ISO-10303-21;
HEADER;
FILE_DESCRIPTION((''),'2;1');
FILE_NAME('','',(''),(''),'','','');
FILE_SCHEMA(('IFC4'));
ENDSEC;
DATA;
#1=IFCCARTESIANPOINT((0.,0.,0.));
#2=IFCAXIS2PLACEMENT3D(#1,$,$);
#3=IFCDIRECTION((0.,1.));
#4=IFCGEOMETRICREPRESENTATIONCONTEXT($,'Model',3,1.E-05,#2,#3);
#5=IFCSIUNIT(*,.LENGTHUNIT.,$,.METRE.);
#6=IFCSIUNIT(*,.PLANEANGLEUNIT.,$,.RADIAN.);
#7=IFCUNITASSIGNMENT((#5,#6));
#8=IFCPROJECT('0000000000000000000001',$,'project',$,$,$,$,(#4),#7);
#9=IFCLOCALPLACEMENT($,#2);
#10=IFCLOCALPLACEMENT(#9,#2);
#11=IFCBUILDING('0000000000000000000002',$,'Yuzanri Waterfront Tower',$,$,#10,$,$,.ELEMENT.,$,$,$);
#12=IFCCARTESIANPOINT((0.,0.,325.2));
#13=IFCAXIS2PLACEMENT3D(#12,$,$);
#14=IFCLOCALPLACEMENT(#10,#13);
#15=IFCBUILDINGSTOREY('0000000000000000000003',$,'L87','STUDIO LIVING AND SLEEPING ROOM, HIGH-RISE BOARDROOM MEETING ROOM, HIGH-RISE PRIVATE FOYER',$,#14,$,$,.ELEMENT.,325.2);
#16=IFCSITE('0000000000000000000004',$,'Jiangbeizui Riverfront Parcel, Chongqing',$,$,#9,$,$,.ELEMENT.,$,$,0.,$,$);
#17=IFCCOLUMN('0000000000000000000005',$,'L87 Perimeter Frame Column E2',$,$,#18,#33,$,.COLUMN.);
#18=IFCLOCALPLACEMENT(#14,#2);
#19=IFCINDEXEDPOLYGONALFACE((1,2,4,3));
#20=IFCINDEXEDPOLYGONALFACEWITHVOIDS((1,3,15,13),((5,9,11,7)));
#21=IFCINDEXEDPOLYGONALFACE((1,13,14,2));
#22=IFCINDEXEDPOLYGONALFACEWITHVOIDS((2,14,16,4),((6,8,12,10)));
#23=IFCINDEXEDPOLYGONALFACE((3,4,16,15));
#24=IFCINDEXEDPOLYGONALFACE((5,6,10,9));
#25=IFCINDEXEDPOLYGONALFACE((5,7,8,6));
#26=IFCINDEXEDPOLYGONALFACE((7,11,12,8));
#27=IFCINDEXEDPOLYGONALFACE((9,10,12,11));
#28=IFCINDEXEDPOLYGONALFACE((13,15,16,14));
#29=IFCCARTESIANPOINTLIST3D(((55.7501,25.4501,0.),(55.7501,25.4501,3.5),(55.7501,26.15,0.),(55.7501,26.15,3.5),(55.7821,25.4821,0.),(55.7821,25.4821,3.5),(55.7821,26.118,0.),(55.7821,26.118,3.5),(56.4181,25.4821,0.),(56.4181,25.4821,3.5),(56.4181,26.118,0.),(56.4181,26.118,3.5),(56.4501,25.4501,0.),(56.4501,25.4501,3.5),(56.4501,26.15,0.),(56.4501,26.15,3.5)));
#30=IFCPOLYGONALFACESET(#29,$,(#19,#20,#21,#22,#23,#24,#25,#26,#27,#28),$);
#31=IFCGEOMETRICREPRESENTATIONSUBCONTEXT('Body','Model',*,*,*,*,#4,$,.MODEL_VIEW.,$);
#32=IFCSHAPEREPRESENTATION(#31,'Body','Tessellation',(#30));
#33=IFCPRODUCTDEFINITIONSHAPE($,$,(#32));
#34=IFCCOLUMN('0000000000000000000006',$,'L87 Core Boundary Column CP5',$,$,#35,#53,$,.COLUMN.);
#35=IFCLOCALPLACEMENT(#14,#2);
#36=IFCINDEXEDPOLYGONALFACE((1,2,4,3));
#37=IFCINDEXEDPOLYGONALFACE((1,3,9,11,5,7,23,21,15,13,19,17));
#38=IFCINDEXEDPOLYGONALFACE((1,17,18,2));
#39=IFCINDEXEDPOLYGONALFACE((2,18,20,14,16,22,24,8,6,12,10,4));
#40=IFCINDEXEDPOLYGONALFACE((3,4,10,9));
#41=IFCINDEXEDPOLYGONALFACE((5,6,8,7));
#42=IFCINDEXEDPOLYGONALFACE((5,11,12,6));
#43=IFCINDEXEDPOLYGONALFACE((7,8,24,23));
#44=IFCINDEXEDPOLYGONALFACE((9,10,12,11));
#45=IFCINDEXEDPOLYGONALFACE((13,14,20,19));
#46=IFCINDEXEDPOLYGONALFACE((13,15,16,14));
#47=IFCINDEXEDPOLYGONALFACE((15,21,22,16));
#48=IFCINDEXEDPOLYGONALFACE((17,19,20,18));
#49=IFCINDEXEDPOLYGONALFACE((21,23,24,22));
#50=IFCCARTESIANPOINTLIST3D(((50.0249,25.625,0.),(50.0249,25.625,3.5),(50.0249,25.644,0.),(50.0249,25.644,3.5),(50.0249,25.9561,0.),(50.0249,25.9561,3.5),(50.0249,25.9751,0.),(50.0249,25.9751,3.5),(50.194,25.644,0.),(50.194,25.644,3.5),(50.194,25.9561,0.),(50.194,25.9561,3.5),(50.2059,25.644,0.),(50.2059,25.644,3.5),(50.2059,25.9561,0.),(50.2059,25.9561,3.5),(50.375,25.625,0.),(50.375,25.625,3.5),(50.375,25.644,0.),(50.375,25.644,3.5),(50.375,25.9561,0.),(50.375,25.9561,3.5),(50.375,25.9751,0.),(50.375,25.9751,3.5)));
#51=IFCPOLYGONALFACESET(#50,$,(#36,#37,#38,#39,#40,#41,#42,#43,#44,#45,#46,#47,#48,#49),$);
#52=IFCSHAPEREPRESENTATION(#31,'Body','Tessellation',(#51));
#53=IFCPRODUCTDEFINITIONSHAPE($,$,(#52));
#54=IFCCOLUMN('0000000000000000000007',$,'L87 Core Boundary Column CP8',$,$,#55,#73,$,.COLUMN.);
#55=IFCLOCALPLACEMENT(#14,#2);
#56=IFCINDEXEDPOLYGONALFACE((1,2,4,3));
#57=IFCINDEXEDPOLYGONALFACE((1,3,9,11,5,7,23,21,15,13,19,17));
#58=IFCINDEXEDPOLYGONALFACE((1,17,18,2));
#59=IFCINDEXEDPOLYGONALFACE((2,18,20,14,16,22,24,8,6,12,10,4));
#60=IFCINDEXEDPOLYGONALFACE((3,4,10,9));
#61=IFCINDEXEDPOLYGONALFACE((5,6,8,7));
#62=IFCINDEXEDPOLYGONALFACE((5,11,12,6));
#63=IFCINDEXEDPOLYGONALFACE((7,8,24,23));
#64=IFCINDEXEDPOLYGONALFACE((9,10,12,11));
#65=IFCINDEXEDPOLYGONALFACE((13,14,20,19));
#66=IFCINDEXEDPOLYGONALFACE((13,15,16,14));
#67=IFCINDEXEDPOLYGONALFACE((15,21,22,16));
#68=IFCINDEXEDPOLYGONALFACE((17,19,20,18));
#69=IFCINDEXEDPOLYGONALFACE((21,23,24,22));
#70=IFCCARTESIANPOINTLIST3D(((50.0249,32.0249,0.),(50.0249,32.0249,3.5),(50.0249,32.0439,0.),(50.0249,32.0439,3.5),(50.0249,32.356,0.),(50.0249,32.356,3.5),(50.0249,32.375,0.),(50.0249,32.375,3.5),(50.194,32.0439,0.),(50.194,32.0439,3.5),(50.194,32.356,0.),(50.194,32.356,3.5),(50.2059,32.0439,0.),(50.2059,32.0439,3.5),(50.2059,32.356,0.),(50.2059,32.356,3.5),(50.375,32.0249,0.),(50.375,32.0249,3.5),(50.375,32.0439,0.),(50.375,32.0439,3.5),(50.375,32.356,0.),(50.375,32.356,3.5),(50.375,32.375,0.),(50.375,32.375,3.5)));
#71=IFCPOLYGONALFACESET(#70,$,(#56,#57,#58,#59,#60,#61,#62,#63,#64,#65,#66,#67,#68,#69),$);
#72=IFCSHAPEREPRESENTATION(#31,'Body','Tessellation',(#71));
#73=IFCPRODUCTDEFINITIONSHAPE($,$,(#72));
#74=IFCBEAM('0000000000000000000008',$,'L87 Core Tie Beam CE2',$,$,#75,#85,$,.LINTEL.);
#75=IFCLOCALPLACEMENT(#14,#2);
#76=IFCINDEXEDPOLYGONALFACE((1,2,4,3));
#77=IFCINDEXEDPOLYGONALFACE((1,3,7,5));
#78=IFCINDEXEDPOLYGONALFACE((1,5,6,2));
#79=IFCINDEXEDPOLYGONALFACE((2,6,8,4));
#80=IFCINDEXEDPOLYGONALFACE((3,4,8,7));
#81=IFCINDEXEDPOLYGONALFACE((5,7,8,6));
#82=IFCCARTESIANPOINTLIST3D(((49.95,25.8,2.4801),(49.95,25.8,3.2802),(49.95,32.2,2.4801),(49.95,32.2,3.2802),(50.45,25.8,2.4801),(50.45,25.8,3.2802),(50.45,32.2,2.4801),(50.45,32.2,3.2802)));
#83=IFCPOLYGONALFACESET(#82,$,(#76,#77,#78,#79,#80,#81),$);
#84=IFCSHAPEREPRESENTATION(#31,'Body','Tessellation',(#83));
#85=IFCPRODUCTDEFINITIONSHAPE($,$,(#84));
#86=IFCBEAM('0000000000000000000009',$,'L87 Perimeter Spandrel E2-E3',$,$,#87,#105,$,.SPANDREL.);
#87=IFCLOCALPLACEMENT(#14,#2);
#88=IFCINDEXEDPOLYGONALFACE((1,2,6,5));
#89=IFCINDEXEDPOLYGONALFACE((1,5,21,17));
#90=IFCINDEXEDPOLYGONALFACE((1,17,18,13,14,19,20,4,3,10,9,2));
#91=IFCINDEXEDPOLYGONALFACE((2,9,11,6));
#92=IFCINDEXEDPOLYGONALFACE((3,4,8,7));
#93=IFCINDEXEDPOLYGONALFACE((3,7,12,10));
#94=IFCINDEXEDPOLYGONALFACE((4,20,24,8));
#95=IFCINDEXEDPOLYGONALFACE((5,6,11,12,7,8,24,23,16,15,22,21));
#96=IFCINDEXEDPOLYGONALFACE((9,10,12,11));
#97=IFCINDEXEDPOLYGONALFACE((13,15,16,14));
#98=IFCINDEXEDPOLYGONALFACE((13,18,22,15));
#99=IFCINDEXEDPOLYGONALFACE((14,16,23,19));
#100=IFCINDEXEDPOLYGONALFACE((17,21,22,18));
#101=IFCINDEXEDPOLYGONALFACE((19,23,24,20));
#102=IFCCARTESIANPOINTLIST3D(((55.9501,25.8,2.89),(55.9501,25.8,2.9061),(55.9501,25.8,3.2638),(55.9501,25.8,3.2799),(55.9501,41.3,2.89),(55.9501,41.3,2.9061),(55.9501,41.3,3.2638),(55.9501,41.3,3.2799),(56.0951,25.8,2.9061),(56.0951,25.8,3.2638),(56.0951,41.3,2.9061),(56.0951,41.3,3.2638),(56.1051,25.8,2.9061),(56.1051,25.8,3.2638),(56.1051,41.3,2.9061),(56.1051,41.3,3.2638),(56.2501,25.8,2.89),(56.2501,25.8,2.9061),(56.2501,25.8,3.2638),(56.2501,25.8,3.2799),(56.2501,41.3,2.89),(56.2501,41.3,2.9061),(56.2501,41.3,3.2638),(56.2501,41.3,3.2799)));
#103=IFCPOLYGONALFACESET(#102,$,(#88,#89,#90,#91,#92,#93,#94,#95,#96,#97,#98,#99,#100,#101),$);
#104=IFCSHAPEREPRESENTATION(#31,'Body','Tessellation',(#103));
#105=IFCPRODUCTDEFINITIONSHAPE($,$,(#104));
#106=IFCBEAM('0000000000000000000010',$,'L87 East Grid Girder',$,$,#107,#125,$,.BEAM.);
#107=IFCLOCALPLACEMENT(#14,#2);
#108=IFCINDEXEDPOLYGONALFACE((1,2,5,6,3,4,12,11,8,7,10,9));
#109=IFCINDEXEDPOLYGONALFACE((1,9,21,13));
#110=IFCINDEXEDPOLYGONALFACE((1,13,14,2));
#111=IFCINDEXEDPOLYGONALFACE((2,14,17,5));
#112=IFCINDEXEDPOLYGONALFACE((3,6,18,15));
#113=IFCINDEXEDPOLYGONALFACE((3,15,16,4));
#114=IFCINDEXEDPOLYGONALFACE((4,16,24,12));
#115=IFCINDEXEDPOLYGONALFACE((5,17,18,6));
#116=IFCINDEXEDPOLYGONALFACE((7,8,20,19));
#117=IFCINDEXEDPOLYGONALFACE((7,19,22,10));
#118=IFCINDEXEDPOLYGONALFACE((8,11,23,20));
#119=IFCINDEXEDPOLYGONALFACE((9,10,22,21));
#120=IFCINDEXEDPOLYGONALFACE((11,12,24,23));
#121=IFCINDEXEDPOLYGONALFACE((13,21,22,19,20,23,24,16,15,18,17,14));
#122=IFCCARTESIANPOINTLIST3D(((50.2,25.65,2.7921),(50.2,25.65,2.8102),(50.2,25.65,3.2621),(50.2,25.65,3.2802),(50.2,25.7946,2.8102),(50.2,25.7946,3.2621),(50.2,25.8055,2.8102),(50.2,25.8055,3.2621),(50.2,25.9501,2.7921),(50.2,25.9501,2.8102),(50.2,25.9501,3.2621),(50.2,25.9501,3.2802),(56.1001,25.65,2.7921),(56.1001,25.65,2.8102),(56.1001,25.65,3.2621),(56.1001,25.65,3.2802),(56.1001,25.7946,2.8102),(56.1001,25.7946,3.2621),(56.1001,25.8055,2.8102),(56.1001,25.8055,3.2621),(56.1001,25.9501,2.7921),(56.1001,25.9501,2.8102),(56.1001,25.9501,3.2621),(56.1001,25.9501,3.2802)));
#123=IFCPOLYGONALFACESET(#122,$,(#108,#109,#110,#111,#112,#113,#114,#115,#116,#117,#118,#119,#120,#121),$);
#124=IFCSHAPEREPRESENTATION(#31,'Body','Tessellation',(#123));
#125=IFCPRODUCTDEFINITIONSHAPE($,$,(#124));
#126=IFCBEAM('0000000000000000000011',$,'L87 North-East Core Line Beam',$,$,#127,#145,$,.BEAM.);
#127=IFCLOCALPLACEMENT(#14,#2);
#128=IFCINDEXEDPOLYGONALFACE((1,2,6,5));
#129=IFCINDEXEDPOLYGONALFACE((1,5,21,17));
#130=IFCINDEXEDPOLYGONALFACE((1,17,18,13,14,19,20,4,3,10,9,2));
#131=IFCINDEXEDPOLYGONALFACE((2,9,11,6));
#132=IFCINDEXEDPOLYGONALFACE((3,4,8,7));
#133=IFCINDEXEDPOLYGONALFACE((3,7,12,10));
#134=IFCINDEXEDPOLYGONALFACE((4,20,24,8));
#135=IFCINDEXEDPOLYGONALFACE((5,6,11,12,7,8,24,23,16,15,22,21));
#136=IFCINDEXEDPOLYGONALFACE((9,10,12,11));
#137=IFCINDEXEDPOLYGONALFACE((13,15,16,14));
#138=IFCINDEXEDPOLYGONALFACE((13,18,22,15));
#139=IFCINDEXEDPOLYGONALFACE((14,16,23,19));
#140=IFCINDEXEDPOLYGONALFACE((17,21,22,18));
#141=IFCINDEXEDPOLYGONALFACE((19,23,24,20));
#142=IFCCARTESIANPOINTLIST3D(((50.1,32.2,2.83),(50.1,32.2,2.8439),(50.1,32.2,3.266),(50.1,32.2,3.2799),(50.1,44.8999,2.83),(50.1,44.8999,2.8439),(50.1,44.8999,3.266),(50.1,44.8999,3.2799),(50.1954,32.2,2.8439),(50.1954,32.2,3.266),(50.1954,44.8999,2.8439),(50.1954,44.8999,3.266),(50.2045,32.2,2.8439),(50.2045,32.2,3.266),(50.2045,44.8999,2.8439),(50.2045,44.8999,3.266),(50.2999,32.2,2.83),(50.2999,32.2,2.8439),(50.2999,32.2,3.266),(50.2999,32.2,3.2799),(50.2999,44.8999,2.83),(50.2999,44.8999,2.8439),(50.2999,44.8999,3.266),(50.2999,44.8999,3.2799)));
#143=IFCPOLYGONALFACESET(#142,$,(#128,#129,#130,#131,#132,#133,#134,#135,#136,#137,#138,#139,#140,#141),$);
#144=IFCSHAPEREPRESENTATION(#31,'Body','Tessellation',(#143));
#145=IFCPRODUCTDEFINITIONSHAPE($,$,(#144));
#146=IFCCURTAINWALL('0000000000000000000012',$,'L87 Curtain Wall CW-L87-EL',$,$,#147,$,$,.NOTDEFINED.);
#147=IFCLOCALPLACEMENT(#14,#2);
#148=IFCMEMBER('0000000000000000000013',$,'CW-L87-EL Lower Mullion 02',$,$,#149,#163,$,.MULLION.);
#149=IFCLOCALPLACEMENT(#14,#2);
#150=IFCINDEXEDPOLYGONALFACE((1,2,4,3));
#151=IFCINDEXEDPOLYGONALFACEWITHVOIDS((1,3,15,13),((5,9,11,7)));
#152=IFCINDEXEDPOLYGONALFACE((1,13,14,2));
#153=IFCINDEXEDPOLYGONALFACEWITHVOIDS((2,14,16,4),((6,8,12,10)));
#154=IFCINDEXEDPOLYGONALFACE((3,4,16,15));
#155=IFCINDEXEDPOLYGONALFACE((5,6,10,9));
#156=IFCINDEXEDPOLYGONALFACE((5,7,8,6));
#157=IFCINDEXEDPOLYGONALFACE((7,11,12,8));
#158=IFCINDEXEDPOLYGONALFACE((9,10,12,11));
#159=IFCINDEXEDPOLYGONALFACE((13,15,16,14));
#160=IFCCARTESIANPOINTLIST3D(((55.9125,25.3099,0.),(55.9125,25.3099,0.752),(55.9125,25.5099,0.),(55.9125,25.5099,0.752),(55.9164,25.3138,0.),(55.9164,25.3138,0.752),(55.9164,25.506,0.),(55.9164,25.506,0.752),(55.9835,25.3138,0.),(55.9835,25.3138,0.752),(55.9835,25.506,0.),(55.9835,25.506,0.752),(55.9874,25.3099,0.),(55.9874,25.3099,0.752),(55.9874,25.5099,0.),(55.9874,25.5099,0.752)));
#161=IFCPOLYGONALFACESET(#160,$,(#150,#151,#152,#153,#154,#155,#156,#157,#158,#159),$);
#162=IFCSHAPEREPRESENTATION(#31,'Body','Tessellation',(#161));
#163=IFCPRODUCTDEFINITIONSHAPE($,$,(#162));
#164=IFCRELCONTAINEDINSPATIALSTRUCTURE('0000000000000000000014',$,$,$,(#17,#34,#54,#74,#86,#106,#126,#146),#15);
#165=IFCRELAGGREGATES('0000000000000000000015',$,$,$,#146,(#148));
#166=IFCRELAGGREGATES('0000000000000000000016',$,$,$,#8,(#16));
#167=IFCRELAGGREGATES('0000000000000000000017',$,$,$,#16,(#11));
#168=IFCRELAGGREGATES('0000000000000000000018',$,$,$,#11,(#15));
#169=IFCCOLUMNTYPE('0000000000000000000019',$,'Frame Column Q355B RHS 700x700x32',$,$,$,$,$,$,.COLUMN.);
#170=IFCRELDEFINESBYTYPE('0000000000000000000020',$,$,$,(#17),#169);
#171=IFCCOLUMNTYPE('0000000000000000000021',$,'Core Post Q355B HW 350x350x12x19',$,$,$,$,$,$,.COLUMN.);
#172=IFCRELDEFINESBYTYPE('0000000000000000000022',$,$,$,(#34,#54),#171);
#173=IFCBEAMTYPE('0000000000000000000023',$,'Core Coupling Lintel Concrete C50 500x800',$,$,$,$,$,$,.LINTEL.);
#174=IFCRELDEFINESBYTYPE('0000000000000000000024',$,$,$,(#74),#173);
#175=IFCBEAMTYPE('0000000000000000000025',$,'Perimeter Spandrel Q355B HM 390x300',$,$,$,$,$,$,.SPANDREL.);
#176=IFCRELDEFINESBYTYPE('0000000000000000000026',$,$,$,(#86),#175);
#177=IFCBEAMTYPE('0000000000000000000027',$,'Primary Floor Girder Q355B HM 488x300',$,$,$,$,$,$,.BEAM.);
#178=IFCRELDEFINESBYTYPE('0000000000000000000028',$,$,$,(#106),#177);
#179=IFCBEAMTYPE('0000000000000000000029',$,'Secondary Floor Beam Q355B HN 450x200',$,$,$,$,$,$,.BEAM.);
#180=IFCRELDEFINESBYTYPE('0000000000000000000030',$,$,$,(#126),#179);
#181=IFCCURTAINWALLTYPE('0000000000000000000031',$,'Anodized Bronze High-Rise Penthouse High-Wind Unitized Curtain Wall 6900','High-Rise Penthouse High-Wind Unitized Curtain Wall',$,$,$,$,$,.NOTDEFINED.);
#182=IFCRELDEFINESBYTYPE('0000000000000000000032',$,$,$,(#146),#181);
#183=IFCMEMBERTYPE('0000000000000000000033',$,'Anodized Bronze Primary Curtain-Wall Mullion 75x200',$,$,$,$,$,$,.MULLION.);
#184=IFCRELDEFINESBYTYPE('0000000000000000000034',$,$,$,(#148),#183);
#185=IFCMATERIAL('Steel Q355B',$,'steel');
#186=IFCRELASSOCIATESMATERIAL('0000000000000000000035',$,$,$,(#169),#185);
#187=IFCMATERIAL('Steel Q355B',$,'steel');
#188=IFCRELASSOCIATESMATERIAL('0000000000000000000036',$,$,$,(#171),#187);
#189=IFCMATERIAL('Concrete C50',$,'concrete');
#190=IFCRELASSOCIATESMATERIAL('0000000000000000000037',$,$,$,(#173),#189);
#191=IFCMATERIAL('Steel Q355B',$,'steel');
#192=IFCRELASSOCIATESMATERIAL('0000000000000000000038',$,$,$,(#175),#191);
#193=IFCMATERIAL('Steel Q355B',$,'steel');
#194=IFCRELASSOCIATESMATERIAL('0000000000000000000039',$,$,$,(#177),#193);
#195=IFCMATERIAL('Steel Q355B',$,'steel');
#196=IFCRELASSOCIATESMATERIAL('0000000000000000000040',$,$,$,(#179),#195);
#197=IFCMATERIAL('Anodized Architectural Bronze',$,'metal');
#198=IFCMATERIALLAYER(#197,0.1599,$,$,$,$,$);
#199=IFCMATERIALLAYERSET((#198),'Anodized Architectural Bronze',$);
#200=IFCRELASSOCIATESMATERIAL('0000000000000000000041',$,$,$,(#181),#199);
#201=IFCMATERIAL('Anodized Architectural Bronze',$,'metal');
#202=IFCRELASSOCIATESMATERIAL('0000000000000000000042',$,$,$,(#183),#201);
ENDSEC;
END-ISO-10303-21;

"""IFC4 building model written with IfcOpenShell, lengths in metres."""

from ifc_helpers import new_model, si_unit, direction, frame, origin, origin_2d, place, context, subcontext, project, spatial, rectangle, hollow_rectangle, i_section, extrude, source, transform, mapped, material, layer, layer_set, material_profile, profile_set, type_object, element, aggregate, save


model = new_model("IFC4")

# Units and contexts
model_context = context("Model", 3, precision=1e-05, world=origin(), true_north=direction((0.0, 1.0)))
body_context = subcontext(model_context, "Body", "Model", "MODEL_VIEW")
ifc_project = project(units=[si_unit("LENGTHUNIT", "METRE"), si_unit("PLANEANGLEUNIT", "RADIAN")], contexts=[model_context])

# Site, building, storey
site_placement = place(None, origin())
site = spatial("IfcSite", under=ifc_project, at=site_placement, Name="Jiangbeizui Riverfront Parcel, Chongqing", CompositionType="ELEMENT", RefElevation=0.0)
building_placement = place(site_placement, origin())
building = spatial("IfcBuilding", under=site, at=building_placement, Name="Yuzanri Waterfront Tower", CompositionType="ELEMENT")
storey_placement = place(building_placement, frame((0.0, 0.0, 325.2)))
storey = spatial("IfcBuildingStorey", under=building, at=storey_placement, Name="L87", Description="STUDIO LIVING AND SLEEPING ROOM, HIGH-RISE BOARDROOM MEETING ROOM, HIGH-RISE PRIVATE FOYER", CompositionType="ELEMENT", Elevation=325.2)

# Columns
ifc_material_1 = material(Name="Steel Q355B", Category="steel")
ifc_material_profile_1 = material_profile(ifc_material_1, hollow_rectangle(XDim=0.7, YDim=0.7, WallThickness=0.032, at=origin_2d()), Name="RHS 700x700x32")
ifc_profile_set_1 = profile_set([ifc_material_profile_1], Name="Steel Q355B")
column_type_1 = type_object("IfcColumnType", Name="Frame Column Q355B RHS 700x700x32", PredefinedType="COLUMN", material=ifc_profile_set_1)
shared_shape_1 = source(origin(), body_context, "Body", "SweptSolid", [
    extrude(hollow_rectangle(XDim=0.7, YDim=0.7, WallThickness=0.032, at=origin_2d()), origin(), (0.0, 0.0, 1.0), 3.5),
])
column_placement = place(storey_placement, frame((56.1001, 25.8, 0.0), z_axis=(0.0, 0.0, 1.0), x_axis=(1.0, 0.0, 0.0)))
element("IfcColumn", 1, at=column_placement, inside=storey, type_object=column_type_1, Name="L87 Perimeter Frame Column E2", PredefinedType="COLUMN", context=body_context, shape_type="MappedRepresentation", body=[
    mapped(shared_shape_1, transform((0.0, 0.0, 0.0), scale=1.0)),
])
ifc_material_2 = material(Name="Steel Q355B", Category="steel")
ifc_material_profile_2 = material_profile(ifc_material_2, i_section(OverallWidth=0.3501, OverallDepth=0.3501, WebThickness=0.012, FlangeThickness=0.019, at=origin_2d()), Name="HW 350x350x12x19")
ifc_profile_set_2 = profile_set([ifc_material_profile_2], Name="Steel Q355B")
column_type_2 = type_object("IfcColumnType", Name="Core Post Q355B HW 350x350x12x19", PredefinedType="COLUMN", material=ifc_profile_set_2)
shared_shape_2 = source(origin(), body_context, "Body", "SweptSolid", [
    extrude(i_section(OverallWidth=0.3501, OverallDepth=0.3501, WebThickness=0.012, FlangeThickness=0.019, at=origin_2d()), origin(), (0.0, 0.0, 1.0), 3.5),
])
for number, where, z_axis, x_axis, name in (
    (2, (50.2, 25.8, 0.0), (0.0, 0.0, 1.0), (1.0, 0.0, 0.0), "L87 Core Boundary Column CP5"),
    (3, (50.2, 32.2, 0.0), (0.0, 0.0, 1.0), (1.0, 0.0, 0.0), "L87 Core Boundary Column CP8"),
):
    element("IfcColumn", number, at=place(storey_placement, frame(where, z_axis=z_axis, x_axis=x_axis)), inside=storey, type_object=column_type_2, Name=name, PredefinedType="COLUMN", context=body_context, shape_type="MappedRepresentation", body=[
        mapped(shared_shape_2, transform((0.0, 0.0, 0.0), scale=1.0)),
    ])

# Beams
ifc_material_3 = material(Name="Concrete C50", Category="concrete")
ifc_material_profile_3 = material_profile(ifc_material_3, rectangle(XDim=0.5, YDim=0.8, at=origin_2d()), Name="RC 500x800")
ifc_profile_set_3 = profile_set([ifc_material_profile_3], Name="Concrete C50")
beam_type_1 = type_object("IfcBeamType", Name="Core Coupling Lintel Concrete C50 500x800", PredefinedType="LINTEL", material=ifc_profile_set_3)
shared_shape_3 = source(origin(), body_context, "Body", "SweptSolid", [
    extrude(rectangle(XDim=0.5, YDim=0.8, at=origin_2d()), origin(), (0.0, 0.0, 1.0), 6.3999),
])
beam_1_placement = place(storey_placement, frame((50.2, 25.8, 2.8801), z_axis=(0.0, 1.0, 0.0), x_axis=(-1.0, 0.0, 0.0)))
element("IfcBeam", 4, at=beam_1_placement, inside=storey, type_object=beam_type_1, Name="L87 Core Tie Beam CE2", PredefinedType="LINTEL", context=body_context, shape_type="MappedRepresentation", body=[
    mapped(shared_shape_3, transform((0.0, 0.0, 0.0), scale=1.0)),
])
ifc_material_4 = material(Name="Steel Q355B", Category="steel")
ifc_material_profile_4 = material_profile(ifc_material_4, i_section(OverallWidth=0.3, OverallDepth=0.3899, WebThickness=0.01, FlangeThickness=0.0161, at=origin_2d()), Name="HM 390x300x10x16")
ifc_profile_set_4 = profile_set([ifc_material_profile_4], Name="Steel Q355B")
beam_type_2 = type_object("IfcBeamType", Name="Perimeter Spandrel Q355B HM 390x300", PredefinedType="SPANDREL", material=ifc_profile_set_4)
shared_shape_4 = source(origin(), body_context, "Body", "SweptSolid", [
    extrude(i_section(OverallWidth=0.3, OverallDepth=0.3899, WebThickness=0.01, FlangeThickness=0.0161, at=origin_2d()), origin(), (0.0, 0.0, 1.0), 15.5),
])
beam_2_placement = place(storey_placement, frame((56.1001, 25.8, 3.085), z_axis=(0.0, 1.0, 0.0), x_axis=(-1.0, 0.0, 0.0)))
element("IfcBeam", 5, at=beam_2_placement, inside=storey, type_object=beam_type_2, Name="L87 Perimeter Spandrel E2-E3", PredefinedType="SPANDREL", context=body_context, shape_type="MappedRepresentation", body=[
    mapped(shared_shape_4, transform((0.0, 0.0, 0.0), scale=1.0)),
])
ifc_material_5 = material(Name="Steel Q355B", Category="steel")
ifc_material_profile_5 = material_profile(ifc_material_5, i_section(OverallWidth=0.3, OverallDepth=0.488, WebThickness=0.011, FlangeThickness=0.0181, at=origin_2d()), Name="HM 488x300x11x18")
ifc_profile_set_5 = profile_set([ifc_material_profile_5], Name="Steel Q355B")
beam_type_3 = type_object("IfcBeamType", Name="Primary Floor Girder Q355B HM 488x300", PredefinedType="BEAM", material=ifc_profile_set_5)
shared_shape_5 = source(origin(), body_context, "Body", "SweptSolid", [
    extrude(i_section(OverallWidth=0.3, OverallDepth=0.488, WebThickness=0.011, FlangeThickness=0.0181, at=origin_2d()), origin(), (0.0, 0.0, 1.0), 5.9001),
])
beam_3_placement = place(storey_placement, frame((50.2, 25.8, 3.0361), z_axis=(1.0, 0.0, 0.0), x_axis=(0.0, 1.0, 0.0)))
element("IfcBeam", 6, at=beam_3_placement, inside=storey, type_object=beam_type_3, Name="L87 East Grid Girder", PredefinedType="BEAM", context=body_context, shape_type="MappedRepresentation", body=[
    mapped(shared_shape_5, transform((0.0, 0.0, 0.0), scale=1.0)),
])
ifc_material_6 = material(Name="Steel Q355B", Category="steel")
ifc_material_profile_6 = material_profile(ifc_material_6, i_section(OverallWidth=0.2, OverallDepth=0.45, WebThickness=0.009, FlangeThickness=0.0139, at=origin_2d()), Name="HN 450x200x9x14")
ifc_profile_set_6 = profile_set([ifc_material_profile_6], Name="Steel Q355B")
beam_type_4 = type_object("IfcBeamType", Name="Secondary Floor Beam Q355B HN 450x200", PredefinedType="BEAM", material=ifc_profile_set_6)
shared_shape_6 = source(origin(), body_context, "Body", "SweptSolid", [
    extrude(i_section(OverallWidth=0.2, OverallDepth=0.45, WebThickness=0.009, FlangeThickness=0.0139, at=origin_2d()), origin(), (0.0, 0.0, 1.0), 12.7),
])
beam_4_placement = place(storey_placement, frame((50.2, 32.2, 3.0549), z_axis=(0.0, 1.0, 0.0), x_axis=(-1.0, 0.0, 0.0)))
element("IfcBeam", 7, at=beam_4_placement, inside=storey, type_object=beam_type_4, Name="L87 North-East Core Line Beam", PredefinedType="BEAM", context=body_context, shape_type="MappedRepresentation", body=[
    mapped(shared_shape_6, transform((0.0, 0.0, 0.0), scale=1.0)),
])

# Curtain wall, member
ifc_material_7 = material(Name="Anodized Architectural Bronze", Category="metal")
ifc_layer_1 = layer(ifc_material_7, 0.1599)
ifc_layer_set_1 = layer_set([ifc_layer_1], Name="Anodized Architectural Bronze")
curtain_wall_type = type_object("IfcCurtainWallType", Name="Anodized Bronze High-Rise Penthouse High-Wind Unitized Curtain Wall 6900", Description="High-Rise Penthouse High-Wind Unitized Curtain Wall", PredefinedType="NOTDEFINED", material=ifc_layer_set_1)
curtain_wall_1_placement = place(storey_placement, origin())
curtain_wall_1 = element("IfcCurtainWall", 8, at=curtain_wall_1_placement, inside=storey, type_object=curtain_wall_type, Name="L87 Curtain Wall CW-L87-EL", PredefinedType="NOTDEFINED")
ifc_material_8 = material(Name="Anodized Architectural Bronze", Category="metal")
ifc_material_profile_7 = material_profile(ifc_material_8, hollow_rectangle(XDim=0.075, YDim=0.2, WallThickness=0.0039, at=origin_2d()), Name="CWM 75x200")
ifc_profile_set_7 = profile_set([ifc_material_profile_7], Name="Anodized Architectural Bronze")
member_type_1 = type_object("IfcMemberType", Name="Anodized Bronze Primary Curtain-Wall Mullion 75x200", PredefinedType="MULLION", material=ifc_profile_set_7)
shared_shape_7 = source(origin(), body_context, "Body", "SweptSolid", [
    extrude(hollow_rectangle(XDim=0.075, YDim=0.2, WallThickness=0.0039, at=origin_2d()), origin(), (0.0, 0.0, 1.0), 0.752),
])
member_1_placement = place(storey_placement, frame((55.95, 25.4099, 0.0), z_axis=(0.0, 0.0, 1.0), x_axis=(1.0, 0.0, 0.0)))
member_1 = element("IfcMember", 9, at=member_1_placement, type_object=member_type_1, Name="CW-L87-EL Lower Mullion 02", PredefinedType="MULLION", context=body_context, shape_type="MappedRepresentation", body=[
    mapped(shared_shape_7, transform((0.0, 0.0, 0.0), scale=1.0)),
])

aggregate(curtain_wall_1, [member_1])

save(model, "model.ifc")
